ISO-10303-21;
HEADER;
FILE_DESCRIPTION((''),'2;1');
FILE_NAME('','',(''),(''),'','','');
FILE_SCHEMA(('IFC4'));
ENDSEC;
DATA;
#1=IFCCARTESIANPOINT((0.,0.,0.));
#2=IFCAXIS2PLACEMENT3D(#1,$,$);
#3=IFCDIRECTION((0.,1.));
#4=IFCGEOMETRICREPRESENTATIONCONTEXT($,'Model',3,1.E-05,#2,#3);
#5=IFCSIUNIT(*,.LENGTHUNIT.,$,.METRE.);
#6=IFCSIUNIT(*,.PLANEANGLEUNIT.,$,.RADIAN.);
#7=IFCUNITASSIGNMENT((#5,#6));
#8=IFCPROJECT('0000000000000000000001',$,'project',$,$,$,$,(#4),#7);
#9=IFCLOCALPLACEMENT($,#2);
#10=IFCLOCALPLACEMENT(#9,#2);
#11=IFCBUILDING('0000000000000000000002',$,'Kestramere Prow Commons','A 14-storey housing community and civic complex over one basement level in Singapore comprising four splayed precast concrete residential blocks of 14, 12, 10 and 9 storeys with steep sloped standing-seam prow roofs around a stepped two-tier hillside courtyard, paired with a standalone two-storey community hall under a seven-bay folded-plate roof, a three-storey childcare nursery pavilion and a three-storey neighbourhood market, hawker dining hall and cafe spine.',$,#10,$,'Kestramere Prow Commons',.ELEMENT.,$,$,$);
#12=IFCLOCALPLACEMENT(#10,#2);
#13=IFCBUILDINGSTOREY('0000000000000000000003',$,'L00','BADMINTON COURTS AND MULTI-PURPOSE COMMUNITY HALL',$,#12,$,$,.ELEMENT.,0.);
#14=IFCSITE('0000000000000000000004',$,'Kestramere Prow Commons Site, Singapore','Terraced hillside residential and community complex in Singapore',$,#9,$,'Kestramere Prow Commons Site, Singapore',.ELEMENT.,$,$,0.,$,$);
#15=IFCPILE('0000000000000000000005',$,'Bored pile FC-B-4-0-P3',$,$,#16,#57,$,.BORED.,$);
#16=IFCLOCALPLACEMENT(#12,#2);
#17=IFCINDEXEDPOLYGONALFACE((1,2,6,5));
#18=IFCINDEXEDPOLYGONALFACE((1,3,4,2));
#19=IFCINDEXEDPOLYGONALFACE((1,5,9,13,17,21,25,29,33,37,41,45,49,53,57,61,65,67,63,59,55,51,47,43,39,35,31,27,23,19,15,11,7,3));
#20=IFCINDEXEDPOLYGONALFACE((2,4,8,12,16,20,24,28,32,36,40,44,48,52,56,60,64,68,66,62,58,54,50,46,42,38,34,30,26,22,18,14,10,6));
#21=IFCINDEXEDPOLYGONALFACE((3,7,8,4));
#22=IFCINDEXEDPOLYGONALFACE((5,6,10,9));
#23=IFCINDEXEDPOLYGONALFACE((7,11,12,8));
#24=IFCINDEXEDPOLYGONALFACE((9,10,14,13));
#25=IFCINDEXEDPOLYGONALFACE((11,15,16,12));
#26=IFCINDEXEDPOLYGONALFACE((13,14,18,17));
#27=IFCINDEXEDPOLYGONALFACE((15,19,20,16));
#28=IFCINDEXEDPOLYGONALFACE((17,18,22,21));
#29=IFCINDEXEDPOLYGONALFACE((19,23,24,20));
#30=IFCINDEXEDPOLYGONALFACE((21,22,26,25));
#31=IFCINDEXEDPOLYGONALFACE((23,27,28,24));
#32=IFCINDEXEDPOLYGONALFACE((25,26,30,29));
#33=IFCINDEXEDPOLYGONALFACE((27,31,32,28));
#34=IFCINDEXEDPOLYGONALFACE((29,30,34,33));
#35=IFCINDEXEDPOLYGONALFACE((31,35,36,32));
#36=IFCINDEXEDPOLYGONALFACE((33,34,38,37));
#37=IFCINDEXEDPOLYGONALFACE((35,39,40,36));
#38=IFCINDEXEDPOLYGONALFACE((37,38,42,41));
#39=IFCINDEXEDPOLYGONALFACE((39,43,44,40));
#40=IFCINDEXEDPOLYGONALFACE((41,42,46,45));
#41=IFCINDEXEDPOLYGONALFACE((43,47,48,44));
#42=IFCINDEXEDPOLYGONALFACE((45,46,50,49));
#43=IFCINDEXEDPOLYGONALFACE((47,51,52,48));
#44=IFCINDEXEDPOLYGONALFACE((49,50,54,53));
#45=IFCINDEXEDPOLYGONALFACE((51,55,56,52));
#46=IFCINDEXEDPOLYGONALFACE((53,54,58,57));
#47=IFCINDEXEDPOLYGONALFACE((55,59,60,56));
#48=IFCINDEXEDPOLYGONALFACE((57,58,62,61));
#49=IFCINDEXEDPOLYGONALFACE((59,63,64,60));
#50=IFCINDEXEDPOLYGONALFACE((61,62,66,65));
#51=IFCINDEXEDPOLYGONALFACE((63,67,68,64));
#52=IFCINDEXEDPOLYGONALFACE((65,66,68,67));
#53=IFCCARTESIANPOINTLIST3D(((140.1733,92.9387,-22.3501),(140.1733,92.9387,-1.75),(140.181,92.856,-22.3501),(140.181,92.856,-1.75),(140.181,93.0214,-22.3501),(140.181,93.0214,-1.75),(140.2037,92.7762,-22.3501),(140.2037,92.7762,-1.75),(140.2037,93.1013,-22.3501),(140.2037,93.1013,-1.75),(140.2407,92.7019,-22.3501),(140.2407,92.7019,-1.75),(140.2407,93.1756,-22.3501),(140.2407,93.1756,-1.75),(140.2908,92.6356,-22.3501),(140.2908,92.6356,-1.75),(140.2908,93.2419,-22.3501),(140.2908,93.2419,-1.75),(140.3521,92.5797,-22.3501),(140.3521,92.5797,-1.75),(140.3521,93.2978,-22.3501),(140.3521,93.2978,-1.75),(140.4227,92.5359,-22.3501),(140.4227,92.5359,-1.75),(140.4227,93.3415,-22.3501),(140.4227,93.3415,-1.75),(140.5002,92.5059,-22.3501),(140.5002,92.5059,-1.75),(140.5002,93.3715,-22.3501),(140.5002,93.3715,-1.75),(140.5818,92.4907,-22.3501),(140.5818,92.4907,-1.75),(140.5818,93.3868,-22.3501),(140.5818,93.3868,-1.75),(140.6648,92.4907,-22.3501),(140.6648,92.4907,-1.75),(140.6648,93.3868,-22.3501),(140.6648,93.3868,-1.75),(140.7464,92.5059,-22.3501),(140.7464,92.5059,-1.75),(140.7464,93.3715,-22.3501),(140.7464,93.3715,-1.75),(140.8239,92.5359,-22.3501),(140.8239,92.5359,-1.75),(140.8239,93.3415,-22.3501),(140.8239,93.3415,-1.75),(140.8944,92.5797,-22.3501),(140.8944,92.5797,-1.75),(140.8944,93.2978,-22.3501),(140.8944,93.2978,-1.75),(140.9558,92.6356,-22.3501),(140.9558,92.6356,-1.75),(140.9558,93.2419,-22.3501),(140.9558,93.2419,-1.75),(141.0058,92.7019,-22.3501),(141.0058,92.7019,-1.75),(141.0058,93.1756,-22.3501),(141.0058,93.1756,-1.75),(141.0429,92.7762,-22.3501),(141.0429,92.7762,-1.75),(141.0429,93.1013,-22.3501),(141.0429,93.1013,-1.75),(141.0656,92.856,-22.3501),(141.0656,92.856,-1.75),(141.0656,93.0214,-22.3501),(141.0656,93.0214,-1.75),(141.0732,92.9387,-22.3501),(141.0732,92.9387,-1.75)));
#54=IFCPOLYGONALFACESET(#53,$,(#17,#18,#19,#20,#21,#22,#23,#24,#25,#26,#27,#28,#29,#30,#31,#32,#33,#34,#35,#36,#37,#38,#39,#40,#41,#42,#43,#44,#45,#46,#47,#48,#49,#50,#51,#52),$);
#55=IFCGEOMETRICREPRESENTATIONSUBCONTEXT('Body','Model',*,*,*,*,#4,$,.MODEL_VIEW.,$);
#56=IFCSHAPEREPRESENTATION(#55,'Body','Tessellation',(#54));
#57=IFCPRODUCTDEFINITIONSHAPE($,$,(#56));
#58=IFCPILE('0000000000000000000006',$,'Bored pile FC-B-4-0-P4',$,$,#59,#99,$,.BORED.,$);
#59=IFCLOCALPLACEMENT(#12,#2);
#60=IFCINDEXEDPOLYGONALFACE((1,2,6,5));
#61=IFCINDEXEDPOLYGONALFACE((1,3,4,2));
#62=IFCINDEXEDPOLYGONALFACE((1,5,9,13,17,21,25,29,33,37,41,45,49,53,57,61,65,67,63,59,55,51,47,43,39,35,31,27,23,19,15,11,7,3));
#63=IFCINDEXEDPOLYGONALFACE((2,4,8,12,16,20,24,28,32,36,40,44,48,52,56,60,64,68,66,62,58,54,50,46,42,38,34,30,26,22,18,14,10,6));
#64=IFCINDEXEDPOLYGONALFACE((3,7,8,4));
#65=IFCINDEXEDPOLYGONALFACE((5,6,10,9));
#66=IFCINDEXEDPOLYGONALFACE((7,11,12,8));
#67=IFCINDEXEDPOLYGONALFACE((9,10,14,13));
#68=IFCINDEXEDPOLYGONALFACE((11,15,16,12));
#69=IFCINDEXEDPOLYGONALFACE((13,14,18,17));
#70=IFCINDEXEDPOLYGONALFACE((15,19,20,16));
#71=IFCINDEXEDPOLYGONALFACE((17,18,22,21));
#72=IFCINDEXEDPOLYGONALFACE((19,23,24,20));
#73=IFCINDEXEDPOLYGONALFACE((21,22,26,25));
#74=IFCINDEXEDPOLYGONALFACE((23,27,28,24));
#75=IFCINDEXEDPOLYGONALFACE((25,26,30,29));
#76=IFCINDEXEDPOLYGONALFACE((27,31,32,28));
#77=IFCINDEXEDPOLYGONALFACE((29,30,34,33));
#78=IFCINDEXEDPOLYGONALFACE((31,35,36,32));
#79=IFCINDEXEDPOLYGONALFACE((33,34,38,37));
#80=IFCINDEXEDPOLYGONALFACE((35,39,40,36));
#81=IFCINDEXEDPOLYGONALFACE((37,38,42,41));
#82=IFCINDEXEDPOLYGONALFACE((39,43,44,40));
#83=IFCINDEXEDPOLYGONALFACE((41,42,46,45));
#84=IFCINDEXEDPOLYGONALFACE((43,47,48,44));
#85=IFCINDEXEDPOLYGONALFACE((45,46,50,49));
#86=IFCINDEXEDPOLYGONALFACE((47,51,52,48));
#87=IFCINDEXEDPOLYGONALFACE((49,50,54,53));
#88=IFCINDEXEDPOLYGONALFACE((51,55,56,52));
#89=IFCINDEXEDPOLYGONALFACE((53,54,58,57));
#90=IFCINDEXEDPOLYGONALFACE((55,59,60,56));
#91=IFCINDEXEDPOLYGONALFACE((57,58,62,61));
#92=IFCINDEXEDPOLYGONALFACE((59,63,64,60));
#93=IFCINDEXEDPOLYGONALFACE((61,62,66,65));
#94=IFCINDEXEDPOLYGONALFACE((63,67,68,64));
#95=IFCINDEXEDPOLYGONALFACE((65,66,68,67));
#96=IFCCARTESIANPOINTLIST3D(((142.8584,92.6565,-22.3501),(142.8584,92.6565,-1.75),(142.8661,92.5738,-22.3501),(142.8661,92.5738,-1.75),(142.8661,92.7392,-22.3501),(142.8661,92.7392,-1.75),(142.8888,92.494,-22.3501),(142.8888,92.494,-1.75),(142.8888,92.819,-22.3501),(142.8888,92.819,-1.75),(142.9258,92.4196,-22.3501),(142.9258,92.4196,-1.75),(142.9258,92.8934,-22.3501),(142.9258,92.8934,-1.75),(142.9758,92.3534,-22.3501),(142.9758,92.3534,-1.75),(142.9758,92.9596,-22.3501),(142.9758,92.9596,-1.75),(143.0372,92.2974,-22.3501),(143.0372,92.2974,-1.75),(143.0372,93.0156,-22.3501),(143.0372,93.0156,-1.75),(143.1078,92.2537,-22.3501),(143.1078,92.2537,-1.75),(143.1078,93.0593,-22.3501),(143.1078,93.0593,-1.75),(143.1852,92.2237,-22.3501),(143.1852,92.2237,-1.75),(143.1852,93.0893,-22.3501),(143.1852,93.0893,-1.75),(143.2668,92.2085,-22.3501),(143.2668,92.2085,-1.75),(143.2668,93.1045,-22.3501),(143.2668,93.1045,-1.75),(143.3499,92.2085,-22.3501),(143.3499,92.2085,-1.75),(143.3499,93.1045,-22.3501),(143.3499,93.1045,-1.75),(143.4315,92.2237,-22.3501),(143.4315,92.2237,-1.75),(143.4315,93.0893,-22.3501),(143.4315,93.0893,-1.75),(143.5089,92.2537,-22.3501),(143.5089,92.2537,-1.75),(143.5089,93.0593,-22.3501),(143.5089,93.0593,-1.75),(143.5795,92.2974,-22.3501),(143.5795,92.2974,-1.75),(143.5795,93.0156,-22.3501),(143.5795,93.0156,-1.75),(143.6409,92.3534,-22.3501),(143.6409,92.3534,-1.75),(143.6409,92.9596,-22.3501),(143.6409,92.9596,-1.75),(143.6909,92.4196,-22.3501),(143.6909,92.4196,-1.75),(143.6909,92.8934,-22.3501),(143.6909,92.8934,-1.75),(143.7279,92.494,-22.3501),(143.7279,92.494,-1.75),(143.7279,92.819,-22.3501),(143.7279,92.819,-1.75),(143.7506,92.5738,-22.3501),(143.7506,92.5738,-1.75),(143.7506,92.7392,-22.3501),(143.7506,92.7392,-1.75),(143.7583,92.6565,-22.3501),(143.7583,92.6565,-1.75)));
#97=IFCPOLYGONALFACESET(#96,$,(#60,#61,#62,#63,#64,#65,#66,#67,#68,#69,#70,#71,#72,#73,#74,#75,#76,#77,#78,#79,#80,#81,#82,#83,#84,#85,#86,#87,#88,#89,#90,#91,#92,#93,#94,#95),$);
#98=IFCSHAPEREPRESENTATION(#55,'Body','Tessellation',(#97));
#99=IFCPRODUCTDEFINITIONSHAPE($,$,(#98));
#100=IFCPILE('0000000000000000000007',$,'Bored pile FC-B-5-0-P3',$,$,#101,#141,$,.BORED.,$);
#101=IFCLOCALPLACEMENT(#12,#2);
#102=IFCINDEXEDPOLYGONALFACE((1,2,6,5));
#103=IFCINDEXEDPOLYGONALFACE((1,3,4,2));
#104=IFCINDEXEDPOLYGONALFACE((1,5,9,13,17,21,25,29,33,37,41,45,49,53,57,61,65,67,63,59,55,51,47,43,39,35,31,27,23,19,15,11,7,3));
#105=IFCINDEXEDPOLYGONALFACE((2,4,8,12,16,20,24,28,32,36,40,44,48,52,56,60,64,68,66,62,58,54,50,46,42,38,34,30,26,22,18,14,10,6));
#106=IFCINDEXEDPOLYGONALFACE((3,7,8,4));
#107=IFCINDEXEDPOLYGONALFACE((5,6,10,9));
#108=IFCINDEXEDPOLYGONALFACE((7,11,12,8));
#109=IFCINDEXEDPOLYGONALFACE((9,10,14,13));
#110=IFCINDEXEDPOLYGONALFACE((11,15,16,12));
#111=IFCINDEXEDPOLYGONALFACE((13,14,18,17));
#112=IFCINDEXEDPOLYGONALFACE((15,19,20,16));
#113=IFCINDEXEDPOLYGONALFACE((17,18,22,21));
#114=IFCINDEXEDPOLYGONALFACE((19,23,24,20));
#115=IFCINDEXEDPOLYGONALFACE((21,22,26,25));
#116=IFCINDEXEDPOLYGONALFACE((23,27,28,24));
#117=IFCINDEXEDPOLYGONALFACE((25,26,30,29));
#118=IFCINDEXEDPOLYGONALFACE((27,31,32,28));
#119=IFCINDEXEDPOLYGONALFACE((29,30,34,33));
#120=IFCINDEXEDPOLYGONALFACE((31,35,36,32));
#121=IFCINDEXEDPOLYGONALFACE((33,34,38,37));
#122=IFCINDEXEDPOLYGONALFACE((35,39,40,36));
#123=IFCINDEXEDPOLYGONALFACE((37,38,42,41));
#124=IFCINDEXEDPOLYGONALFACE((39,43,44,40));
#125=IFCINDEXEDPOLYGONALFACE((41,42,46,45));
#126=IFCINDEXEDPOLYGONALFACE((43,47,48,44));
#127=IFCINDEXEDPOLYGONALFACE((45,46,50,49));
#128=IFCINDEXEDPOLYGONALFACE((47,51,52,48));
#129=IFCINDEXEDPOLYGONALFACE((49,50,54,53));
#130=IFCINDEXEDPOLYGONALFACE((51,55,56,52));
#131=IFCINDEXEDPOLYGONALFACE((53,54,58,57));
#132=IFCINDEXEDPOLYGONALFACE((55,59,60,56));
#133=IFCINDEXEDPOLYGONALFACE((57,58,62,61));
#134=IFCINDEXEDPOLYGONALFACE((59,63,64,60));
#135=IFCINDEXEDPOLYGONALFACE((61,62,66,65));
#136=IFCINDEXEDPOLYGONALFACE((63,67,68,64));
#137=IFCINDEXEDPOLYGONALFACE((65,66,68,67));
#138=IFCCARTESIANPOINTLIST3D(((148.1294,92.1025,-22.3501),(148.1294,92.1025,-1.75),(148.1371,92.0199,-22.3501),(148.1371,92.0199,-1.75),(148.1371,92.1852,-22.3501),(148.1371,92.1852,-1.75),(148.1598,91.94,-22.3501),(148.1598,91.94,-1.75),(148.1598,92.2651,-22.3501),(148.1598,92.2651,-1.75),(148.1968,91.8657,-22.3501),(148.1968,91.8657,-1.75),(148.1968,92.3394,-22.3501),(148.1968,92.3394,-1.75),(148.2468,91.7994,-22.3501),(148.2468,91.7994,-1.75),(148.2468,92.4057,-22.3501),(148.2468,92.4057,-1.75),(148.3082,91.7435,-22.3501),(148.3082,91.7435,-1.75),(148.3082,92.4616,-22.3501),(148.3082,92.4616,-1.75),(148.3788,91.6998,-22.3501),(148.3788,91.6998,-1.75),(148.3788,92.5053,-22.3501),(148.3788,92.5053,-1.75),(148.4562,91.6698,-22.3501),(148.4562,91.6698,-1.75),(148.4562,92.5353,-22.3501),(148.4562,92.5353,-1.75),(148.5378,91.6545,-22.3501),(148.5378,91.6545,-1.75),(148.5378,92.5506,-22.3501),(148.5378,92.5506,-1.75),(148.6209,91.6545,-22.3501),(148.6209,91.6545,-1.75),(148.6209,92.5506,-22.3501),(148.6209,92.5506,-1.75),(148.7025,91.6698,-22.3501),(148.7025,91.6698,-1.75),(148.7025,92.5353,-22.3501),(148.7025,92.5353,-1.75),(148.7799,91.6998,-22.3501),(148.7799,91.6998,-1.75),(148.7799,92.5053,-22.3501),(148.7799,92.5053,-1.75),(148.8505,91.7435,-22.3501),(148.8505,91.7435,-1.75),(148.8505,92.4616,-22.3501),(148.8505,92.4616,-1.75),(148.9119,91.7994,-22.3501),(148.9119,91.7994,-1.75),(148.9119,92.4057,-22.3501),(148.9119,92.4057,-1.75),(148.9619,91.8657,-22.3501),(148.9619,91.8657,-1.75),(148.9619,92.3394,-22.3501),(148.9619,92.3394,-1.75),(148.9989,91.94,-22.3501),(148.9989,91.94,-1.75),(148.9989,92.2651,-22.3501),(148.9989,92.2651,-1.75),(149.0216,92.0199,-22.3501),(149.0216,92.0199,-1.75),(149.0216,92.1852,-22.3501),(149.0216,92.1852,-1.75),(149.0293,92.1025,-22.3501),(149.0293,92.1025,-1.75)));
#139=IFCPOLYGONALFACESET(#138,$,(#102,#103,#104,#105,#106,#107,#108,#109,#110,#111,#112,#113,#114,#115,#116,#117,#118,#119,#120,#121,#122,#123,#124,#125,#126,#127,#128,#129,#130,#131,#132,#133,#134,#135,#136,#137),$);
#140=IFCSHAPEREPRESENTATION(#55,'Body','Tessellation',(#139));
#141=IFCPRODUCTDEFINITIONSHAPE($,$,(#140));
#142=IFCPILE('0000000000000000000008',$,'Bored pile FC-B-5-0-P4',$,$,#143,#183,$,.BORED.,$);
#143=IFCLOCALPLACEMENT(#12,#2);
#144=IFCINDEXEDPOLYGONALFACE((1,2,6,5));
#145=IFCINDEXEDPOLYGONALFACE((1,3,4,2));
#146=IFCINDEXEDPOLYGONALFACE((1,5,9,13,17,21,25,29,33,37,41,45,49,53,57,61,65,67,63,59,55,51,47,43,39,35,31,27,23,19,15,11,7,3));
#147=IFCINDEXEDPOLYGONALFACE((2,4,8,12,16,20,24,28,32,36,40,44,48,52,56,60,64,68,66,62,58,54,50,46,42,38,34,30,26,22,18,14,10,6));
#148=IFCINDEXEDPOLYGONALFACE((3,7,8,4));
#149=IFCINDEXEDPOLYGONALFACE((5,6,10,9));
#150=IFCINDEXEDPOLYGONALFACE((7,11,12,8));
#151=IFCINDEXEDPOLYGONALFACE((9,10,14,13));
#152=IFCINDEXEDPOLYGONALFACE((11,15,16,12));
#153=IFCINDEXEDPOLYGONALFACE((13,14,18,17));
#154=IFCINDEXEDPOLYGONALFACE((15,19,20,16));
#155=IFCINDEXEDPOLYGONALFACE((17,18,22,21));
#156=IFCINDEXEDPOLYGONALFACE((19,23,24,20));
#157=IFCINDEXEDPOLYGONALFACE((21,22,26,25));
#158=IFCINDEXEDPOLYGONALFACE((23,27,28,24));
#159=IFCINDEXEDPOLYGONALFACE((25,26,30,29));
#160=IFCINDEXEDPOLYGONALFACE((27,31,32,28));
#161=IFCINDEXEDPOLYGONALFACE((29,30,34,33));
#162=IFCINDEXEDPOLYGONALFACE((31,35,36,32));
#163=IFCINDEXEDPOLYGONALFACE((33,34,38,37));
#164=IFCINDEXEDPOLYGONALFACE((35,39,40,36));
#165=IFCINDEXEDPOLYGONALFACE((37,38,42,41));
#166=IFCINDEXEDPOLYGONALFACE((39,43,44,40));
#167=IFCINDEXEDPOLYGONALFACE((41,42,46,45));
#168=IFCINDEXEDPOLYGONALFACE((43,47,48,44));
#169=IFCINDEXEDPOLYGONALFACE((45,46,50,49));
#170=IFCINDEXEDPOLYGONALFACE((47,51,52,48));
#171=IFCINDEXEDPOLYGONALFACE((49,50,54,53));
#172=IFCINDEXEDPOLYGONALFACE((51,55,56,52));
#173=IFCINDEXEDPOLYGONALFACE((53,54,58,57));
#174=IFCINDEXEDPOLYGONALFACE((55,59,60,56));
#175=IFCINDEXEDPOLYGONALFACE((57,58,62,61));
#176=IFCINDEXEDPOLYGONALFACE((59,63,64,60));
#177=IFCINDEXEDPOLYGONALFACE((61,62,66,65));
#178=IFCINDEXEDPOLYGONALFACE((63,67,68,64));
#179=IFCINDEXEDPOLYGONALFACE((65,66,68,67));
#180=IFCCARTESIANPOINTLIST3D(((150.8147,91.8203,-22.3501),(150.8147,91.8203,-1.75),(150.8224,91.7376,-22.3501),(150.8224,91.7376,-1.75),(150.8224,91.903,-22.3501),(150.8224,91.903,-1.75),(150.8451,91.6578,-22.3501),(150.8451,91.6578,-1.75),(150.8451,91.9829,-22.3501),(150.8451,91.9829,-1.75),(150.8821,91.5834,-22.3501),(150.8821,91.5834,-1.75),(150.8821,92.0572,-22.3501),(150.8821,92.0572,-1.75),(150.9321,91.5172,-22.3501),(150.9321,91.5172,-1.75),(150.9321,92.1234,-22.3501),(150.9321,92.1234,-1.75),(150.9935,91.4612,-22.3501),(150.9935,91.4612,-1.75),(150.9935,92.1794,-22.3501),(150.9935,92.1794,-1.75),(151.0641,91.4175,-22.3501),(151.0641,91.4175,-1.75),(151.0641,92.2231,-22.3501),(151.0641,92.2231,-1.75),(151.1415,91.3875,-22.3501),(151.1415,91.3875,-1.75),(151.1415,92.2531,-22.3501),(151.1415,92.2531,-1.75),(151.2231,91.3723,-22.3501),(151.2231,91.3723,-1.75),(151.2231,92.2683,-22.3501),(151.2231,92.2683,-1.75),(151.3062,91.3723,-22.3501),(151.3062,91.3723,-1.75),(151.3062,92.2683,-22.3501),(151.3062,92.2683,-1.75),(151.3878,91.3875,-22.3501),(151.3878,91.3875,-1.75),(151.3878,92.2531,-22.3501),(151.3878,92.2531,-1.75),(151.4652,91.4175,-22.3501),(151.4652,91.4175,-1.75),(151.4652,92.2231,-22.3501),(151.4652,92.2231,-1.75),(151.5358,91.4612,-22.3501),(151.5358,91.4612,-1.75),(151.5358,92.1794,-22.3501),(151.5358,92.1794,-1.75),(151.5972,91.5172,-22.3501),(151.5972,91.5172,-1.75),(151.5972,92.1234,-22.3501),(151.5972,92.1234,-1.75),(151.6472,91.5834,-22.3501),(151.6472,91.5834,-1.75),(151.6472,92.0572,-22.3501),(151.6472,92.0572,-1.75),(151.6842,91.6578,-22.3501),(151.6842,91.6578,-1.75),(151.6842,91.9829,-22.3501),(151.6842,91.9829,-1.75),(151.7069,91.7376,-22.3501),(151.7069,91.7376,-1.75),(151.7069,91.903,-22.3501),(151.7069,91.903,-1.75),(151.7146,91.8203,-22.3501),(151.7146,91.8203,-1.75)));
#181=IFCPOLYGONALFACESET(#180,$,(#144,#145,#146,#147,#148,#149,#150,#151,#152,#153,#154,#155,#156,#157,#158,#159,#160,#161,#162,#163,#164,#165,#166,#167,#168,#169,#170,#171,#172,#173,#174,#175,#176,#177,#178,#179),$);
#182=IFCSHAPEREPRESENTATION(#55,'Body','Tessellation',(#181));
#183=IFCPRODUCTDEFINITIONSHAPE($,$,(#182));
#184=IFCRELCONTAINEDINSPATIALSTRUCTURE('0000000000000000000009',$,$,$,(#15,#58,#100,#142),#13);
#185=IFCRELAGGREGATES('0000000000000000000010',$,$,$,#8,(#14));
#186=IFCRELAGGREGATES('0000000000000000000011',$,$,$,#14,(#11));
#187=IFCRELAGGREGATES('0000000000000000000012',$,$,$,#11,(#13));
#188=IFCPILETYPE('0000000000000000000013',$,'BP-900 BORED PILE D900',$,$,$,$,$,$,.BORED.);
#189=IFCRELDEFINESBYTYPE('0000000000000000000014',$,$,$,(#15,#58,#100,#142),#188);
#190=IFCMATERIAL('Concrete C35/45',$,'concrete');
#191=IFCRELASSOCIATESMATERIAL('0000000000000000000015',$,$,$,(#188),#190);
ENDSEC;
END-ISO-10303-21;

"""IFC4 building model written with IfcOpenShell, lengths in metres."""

from ifc_helpers import new_model, si_unit, direction, frame, origin, origin_2d, place, context, subcontext, project, spatial, circle, extrude, material, material_profile, profile_set, type_object, element, save


model = new_model("IFC4")

# Units and contexts
model_context = context("Model", 3, precision=1e-05, world=origin(), true_north=direction((0.0, 1.0)))
body_context = subcontext(model_context, "Body", "Model", "MODEL_VIEW")
ifc_project = project(units=[si_unit("LENGTHUNIT", "METRE"), si_unit("PLANEANGLEUNIT", "RADIAN")], contexts=[model_context])

# Site, building, storey
site_placement = place(None, origin())
site = spatial("IfcSite", under=ifc_project, at=site_placement, Name="Kestramere Prow Commons Site, Singapore", Description="Terraced hillside residential and community complex in Singapore", LongName="Kestramere Prow Commons Site, Singapore", CompositionType="ELEMENT", RefElevation=0.0)
building_placement = place(site_placement, origin())
building = spatial("IfcBuilding", under=site, at=building_placement, Name="Kestramere Prow Commons", Description="A 14-storey housing community and civic complex over one basement level in Singapore comprising four splayed precast concrete residential blocks of 14, 12, 10 and 9 storeys with steep sloped standing-seam prow roofs around a stepped two-tier hillside courtyard, paired with a standalone two-storey community hall under a seven-bay folded-plate roof, a three-storey childcare nursery pavilion and a three-storey neighbourhood market, hawker dining hall and cafe spine.", LongName="Kestramere Prow Commons", CompositionType="ELEMENT")
storey_placement = place(building_placement, origin())
storey = spatial("IfcBuildingStorey", under=building, at=storey_placement, Name="L00", Description="BADMINTON COURTS AND MULTI-PURPOSE COMMUNITY HALL", CompositionType="ELEMENT", Elevation=0.0)

# Piles
ifc_material_1 = material(Name="Concrete C35/45", Category="concrete")
ifc_material_profile_1 = material_profile(ifc_material_1, circle(Radius=0.45, at=origin_2d()), Name="BORED PILE D900")
ifc_profile_set_1 = profile_set([ifc_material_profile_1], Name="Concrete C35/45")
pile_type = type_object("IfcPileType", Name="BP-900 BORED PILE D900", PredefinedType="BORED", material=ifc_profile_set_1)
for number, where, z_axis, x_axis, name in (
    (1, (140.6233, 92.9387, -1.75), (0.0, 0.0, -1.0), (1.0, 0.0, 0.0), "Bored pile FC-B-4-0-P3"),
    (2, (143.3083, 92.6565, -1.75), (0.0, 0.0, -1.0), (1.0, 0.0, 0.0), "Bored pile FC-B-4-0-P4"),
    (3, (148.5793, 92.1025, -1.75), (0.0, 0.0, -1.0), (1.0, 0.0, 0.0), "Bored pile FC-B-5-0-P3"),
    (4, (151.2646, 91.8203, -1.75), (0.0, 0.0, -1.0), (1.0, 0.0, 0.0), "Bored pile FC-B-5-0-P4"),
):
    element("IfcPile", number, at=place(storey_placement, frame(where, z_axis=z_axis, x_axis=x_axis)), inside=storey, type_object=pile_type, Name=name, PredefinedType="BORED", context=body_context, shape_type="SweptSolid", body=[
        extrude(circle(Radius=0.45, at=origin_2d()), origin(), (0.0, 0.0, 1.0), 20.6001),
    ])

save(model, "model.ifc")
